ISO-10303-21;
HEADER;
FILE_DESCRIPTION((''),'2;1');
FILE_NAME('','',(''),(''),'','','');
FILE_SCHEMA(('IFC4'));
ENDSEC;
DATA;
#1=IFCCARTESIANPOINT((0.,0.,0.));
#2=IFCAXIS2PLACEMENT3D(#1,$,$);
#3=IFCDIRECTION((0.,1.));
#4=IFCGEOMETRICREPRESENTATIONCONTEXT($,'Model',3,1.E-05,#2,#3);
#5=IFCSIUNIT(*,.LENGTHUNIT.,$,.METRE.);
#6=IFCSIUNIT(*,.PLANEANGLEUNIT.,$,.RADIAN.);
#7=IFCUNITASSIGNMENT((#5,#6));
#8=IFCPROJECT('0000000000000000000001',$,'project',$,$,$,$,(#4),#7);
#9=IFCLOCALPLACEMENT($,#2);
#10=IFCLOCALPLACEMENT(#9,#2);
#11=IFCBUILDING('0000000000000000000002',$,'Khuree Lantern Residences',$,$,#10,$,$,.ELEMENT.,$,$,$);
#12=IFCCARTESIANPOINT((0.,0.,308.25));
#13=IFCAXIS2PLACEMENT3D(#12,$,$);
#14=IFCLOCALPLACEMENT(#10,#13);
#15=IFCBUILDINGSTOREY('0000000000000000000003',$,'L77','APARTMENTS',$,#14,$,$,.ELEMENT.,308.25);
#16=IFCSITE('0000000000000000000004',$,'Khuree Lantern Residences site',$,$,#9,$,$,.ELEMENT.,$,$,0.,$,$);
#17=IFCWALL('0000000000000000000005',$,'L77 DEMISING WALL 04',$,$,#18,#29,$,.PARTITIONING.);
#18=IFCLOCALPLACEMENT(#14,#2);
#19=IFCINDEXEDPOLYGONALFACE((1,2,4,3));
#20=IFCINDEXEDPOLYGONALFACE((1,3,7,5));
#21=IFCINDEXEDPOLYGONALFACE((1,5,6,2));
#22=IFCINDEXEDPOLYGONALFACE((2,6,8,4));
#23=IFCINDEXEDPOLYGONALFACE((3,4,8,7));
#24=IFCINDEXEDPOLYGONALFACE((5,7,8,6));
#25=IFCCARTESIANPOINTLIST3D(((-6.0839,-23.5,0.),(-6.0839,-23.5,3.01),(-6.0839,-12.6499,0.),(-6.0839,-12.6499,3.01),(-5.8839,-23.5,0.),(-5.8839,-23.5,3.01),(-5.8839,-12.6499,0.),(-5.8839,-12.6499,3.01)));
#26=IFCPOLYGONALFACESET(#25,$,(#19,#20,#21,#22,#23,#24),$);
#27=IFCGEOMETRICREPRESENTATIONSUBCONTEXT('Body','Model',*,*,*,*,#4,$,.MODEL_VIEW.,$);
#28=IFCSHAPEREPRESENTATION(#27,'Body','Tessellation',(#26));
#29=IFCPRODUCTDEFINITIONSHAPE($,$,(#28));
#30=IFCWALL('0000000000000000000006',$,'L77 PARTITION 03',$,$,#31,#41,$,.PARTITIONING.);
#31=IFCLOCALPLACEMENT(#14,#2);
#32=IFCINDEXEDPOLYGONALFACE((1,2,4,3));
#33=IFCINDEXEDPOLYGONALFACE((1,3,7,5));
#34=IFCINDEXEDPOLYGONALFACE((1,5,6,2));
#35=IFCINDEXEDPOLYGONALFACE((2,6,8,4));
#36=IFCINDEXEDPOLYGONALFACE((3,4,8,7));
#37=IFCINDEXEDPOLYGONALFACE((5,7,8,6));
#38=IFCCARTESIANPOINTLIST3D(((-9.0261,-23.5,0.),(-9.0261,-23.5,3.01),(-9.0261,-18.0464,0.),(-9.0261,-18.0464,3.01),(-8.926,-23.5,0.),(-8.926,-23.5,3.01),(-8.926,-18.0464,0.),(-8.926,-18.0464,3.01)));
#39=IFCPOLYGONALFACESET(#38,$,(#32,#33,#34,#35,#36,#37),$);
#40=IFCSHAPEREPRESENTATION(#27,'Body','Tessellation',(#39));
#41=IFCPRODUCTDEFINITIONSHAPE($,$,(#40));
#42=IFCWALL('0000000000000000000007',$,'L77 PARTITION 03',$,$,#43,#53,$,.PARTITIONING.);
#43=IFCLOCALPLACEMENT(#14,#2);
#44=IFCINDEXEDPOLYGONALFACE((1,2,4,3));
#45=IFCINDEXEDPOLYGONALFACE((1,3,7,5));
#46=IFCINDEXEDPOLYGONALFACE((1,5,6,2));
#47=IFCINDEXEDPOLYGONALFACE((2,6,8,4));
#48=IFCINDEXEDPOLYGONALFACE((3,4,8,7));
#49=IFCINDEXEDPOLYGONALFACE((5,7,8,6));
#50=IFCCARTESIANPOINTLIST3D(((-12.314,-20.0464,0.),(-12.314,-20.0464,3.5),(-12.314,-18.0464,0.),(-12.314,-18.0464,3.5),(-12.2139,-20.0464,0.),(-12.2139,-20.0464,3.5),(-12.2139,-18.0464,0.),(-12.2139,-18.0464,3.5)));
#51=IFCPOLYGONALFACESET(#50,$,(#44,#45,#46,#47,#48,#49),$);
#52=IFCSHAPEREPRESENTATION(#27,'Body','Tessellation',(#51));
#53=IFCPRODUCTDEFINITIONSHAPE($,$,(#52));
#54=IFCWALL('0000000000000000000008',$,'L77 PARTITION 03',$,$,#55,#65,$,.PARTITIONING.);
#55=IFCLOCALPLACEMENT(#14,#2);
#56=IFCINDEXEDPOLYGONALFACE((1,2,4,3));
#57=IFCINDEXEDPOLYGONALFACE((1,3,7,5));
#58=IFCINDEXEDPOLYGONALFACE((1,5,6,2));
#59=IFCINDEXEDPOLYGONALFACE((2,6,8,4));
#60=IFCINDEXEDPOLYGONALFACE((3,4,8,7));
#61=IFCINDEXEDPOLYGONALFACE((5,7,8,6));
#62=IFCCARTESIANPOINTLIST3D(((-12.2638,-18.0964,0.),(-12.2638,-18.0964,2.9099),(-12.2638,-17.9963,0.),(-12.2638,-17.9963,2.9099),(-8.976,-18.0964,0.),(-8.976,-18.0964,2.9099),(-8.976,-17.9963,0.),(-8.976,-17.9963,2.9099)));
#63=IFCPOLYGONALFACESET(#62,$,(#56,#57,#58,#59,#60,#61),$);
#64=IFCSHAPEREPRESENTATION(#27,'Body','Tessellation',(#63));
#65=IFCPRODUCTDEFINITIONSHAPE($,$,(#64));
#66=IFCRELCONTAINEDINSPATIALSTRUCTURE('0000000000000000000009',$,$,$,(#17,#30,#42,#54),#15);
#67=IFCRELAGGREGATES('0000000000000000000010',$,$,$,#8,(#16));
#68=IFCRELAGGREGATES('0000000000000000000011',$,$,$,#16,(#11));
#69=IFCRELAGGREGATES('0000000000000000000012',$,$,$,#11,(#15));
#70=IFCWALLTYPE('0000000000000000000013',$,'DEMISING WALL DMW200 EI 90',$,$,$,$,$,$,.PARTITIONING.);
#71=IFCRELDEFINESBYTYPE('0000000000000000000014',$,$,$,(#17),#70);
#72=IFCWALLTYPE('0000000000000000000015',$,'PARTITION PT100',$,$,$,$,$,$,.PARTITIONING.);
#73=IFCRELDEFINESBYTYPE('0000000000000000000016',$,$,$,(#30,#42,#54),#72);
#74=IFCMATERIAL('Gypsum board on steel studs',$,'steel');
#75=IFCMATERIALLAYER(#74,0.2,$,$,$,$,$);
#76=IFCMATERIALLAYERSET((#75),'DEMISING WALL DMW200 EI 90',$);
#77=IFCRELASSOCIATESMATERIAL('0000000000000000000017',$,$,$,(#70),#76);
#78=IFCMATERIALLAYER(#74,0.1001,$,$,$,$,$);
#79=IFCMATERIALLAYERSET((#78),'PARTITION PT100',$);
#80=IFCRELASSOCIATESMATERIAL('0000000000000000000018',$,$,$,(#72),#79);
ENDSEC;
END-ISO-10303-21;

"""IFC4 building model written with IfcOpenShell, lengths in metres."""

from ifc_helpers import new_model, si_unit, direction, frame, frame_2d, origin, place, context, subcontext, project, spatial, rectangle, extrude, material, layer, layer_set, type_object, element, save


model = new_model("IFC4")

# Units and contexts
model_context = context("Model", 3, precision=1e-05, world=origin(), true_north=direction((0.0, 1.0)))
body_context = subcontext(model_context, "Body", "Model", "MODEL_VIEW")
ifc_project = project(units=[si_unit("LENGTHUNIT", "METRE"), si_unit("PLANEANGLEUNIT", "RADIAN")], contexts=[model_context])

# Site, building, storey
site_placement = place(None, origin())
site = spatial("IfcSite", under=ifc_project, at=site_placement, Name="Khuree Lantern Residences site", CompositionType="ELEMENT", RefElevation=0.0)
building_placement = place(site_placement, origin())
building = spatial("IfcBuilding", under=site, at=building_placement, Name="Khuree Lantern Residences", CompositionType="ELEMENT")
storey_placement = place(building_placement, frame((0.0, 0.0, 308.25)))
storey = spatial("IfcBuildingStorey", under=building, at=storey_placement, Name="L77", Description="APARTMENTS", CompositionType="ELEMENT", Elevation=308.25)

# Walls
ifc_material_1 = material(Name="Gypsum board on steel studs", Category="steel")
ifc_layer_1 = layer(ifc_material_1, 0.2)
ifc_layer_set_1 = layer_set([ifc_layer_1], Name="DEMISING WALL DMW200 EI 90")
wall_type_1 = type_object("IfcWallType", Name="DEMISING WALL DMW200 EI 90", PredefinedType="PARTITIONING", material=ifc_layer_set_1)
wall_1_placement = place(storey_placement, frame((-5.9839, -12.6499, 0.0), z_axis=(0.0, 0.0, 1.0), x_axis=(0.0, -1.0, 0.0)))
element("IfcWall", 1, at=wall_1_placement, inside=storey, type_object=wall_type_1, Name="L77 DEMISING WALL 04", PredefinedType="PARTITIONING", context=body_context, shape_type="SweptSolid", body=[
    extrude(rectangle(XDim=10.8501, YDim=0.2, at=frame_2d((5.425, 0.0))), origin(), (0.0, 0.0, 1.0), 3.01),
])
ifc_layer_2 = layer(ifc_material_1, 0.1001)
ifc_layer_set_2 = layer_set([ifc_layer_2], Name="PARTITION PT100")
wall_type_2 = type_object("IfcWallType", Name="PARTITION PT100", PredefinedType="PARTITIONING", material=ifc_layer_set_2)
wall_2_placement = place(storey_placement, frame((-8.9761, -18.0464, 0.0), z_axis=(0.0, 0.0, 1.0), x_axis=(0.0, -1.0, 0.0)))
element("IfcWall", 2, at=wall_2_placement, inside=storey, type_object=wall_type_2, Name="L77 PARTITION 03", PredefinedType="PARTITIONING", context=body_context, shape_type="SweptSolid", body=[
    extrude(rectangle(XDim=5.4536, YDim=0.1001, at=frame_2d((2.7268, 0.0))), origin(), (0.0, 0.0, 1.0), 3.01),
])
wall_3_placement = place(storey_placement, frame((-12.2639, -18.0464, 0.0), z_axis=(0.0, 0.0, 1.0), x_axis=(0.0, -1.0, 0.0)))
element("IfcWall", 3, at=wall_3_placement, inside=storey, type_object=wall_type_2, Name="L77 PARTITION 03", PredefinedType="PARTITIONING", context=body_context, shape_type="SweptSolid", body=[
    extrude(rectangle(XDim=2.0, YDim=0.1001, at=frame_2d((1.0, 0.0))), origin(), (0.0, 0.0, 1.0), 3.5),
])
wall_4_placement = place(storey_placement, frame((-12.2639, -18.0464, 0.0), z_axis=(0.0, 0.0, 1.0), x_axis=(1.0, 0.0, 0.0)))
element("IfcWall", 4, at=wall_4_placement, inside=storey, type_object=wall_type_2, Name="L77 PARTITION 03", PredefinedType="PARTITIONING", context=body_context, shape_type="SweptSolid", body=[
    extrude(rectangle(XDim=3.2878, YDim=0.1001, at=frame_2d((1.644, 0.0))), origin(), (0.0, 0.0, 1.0), 2.9099),
])

save(model, "model.ifc")
